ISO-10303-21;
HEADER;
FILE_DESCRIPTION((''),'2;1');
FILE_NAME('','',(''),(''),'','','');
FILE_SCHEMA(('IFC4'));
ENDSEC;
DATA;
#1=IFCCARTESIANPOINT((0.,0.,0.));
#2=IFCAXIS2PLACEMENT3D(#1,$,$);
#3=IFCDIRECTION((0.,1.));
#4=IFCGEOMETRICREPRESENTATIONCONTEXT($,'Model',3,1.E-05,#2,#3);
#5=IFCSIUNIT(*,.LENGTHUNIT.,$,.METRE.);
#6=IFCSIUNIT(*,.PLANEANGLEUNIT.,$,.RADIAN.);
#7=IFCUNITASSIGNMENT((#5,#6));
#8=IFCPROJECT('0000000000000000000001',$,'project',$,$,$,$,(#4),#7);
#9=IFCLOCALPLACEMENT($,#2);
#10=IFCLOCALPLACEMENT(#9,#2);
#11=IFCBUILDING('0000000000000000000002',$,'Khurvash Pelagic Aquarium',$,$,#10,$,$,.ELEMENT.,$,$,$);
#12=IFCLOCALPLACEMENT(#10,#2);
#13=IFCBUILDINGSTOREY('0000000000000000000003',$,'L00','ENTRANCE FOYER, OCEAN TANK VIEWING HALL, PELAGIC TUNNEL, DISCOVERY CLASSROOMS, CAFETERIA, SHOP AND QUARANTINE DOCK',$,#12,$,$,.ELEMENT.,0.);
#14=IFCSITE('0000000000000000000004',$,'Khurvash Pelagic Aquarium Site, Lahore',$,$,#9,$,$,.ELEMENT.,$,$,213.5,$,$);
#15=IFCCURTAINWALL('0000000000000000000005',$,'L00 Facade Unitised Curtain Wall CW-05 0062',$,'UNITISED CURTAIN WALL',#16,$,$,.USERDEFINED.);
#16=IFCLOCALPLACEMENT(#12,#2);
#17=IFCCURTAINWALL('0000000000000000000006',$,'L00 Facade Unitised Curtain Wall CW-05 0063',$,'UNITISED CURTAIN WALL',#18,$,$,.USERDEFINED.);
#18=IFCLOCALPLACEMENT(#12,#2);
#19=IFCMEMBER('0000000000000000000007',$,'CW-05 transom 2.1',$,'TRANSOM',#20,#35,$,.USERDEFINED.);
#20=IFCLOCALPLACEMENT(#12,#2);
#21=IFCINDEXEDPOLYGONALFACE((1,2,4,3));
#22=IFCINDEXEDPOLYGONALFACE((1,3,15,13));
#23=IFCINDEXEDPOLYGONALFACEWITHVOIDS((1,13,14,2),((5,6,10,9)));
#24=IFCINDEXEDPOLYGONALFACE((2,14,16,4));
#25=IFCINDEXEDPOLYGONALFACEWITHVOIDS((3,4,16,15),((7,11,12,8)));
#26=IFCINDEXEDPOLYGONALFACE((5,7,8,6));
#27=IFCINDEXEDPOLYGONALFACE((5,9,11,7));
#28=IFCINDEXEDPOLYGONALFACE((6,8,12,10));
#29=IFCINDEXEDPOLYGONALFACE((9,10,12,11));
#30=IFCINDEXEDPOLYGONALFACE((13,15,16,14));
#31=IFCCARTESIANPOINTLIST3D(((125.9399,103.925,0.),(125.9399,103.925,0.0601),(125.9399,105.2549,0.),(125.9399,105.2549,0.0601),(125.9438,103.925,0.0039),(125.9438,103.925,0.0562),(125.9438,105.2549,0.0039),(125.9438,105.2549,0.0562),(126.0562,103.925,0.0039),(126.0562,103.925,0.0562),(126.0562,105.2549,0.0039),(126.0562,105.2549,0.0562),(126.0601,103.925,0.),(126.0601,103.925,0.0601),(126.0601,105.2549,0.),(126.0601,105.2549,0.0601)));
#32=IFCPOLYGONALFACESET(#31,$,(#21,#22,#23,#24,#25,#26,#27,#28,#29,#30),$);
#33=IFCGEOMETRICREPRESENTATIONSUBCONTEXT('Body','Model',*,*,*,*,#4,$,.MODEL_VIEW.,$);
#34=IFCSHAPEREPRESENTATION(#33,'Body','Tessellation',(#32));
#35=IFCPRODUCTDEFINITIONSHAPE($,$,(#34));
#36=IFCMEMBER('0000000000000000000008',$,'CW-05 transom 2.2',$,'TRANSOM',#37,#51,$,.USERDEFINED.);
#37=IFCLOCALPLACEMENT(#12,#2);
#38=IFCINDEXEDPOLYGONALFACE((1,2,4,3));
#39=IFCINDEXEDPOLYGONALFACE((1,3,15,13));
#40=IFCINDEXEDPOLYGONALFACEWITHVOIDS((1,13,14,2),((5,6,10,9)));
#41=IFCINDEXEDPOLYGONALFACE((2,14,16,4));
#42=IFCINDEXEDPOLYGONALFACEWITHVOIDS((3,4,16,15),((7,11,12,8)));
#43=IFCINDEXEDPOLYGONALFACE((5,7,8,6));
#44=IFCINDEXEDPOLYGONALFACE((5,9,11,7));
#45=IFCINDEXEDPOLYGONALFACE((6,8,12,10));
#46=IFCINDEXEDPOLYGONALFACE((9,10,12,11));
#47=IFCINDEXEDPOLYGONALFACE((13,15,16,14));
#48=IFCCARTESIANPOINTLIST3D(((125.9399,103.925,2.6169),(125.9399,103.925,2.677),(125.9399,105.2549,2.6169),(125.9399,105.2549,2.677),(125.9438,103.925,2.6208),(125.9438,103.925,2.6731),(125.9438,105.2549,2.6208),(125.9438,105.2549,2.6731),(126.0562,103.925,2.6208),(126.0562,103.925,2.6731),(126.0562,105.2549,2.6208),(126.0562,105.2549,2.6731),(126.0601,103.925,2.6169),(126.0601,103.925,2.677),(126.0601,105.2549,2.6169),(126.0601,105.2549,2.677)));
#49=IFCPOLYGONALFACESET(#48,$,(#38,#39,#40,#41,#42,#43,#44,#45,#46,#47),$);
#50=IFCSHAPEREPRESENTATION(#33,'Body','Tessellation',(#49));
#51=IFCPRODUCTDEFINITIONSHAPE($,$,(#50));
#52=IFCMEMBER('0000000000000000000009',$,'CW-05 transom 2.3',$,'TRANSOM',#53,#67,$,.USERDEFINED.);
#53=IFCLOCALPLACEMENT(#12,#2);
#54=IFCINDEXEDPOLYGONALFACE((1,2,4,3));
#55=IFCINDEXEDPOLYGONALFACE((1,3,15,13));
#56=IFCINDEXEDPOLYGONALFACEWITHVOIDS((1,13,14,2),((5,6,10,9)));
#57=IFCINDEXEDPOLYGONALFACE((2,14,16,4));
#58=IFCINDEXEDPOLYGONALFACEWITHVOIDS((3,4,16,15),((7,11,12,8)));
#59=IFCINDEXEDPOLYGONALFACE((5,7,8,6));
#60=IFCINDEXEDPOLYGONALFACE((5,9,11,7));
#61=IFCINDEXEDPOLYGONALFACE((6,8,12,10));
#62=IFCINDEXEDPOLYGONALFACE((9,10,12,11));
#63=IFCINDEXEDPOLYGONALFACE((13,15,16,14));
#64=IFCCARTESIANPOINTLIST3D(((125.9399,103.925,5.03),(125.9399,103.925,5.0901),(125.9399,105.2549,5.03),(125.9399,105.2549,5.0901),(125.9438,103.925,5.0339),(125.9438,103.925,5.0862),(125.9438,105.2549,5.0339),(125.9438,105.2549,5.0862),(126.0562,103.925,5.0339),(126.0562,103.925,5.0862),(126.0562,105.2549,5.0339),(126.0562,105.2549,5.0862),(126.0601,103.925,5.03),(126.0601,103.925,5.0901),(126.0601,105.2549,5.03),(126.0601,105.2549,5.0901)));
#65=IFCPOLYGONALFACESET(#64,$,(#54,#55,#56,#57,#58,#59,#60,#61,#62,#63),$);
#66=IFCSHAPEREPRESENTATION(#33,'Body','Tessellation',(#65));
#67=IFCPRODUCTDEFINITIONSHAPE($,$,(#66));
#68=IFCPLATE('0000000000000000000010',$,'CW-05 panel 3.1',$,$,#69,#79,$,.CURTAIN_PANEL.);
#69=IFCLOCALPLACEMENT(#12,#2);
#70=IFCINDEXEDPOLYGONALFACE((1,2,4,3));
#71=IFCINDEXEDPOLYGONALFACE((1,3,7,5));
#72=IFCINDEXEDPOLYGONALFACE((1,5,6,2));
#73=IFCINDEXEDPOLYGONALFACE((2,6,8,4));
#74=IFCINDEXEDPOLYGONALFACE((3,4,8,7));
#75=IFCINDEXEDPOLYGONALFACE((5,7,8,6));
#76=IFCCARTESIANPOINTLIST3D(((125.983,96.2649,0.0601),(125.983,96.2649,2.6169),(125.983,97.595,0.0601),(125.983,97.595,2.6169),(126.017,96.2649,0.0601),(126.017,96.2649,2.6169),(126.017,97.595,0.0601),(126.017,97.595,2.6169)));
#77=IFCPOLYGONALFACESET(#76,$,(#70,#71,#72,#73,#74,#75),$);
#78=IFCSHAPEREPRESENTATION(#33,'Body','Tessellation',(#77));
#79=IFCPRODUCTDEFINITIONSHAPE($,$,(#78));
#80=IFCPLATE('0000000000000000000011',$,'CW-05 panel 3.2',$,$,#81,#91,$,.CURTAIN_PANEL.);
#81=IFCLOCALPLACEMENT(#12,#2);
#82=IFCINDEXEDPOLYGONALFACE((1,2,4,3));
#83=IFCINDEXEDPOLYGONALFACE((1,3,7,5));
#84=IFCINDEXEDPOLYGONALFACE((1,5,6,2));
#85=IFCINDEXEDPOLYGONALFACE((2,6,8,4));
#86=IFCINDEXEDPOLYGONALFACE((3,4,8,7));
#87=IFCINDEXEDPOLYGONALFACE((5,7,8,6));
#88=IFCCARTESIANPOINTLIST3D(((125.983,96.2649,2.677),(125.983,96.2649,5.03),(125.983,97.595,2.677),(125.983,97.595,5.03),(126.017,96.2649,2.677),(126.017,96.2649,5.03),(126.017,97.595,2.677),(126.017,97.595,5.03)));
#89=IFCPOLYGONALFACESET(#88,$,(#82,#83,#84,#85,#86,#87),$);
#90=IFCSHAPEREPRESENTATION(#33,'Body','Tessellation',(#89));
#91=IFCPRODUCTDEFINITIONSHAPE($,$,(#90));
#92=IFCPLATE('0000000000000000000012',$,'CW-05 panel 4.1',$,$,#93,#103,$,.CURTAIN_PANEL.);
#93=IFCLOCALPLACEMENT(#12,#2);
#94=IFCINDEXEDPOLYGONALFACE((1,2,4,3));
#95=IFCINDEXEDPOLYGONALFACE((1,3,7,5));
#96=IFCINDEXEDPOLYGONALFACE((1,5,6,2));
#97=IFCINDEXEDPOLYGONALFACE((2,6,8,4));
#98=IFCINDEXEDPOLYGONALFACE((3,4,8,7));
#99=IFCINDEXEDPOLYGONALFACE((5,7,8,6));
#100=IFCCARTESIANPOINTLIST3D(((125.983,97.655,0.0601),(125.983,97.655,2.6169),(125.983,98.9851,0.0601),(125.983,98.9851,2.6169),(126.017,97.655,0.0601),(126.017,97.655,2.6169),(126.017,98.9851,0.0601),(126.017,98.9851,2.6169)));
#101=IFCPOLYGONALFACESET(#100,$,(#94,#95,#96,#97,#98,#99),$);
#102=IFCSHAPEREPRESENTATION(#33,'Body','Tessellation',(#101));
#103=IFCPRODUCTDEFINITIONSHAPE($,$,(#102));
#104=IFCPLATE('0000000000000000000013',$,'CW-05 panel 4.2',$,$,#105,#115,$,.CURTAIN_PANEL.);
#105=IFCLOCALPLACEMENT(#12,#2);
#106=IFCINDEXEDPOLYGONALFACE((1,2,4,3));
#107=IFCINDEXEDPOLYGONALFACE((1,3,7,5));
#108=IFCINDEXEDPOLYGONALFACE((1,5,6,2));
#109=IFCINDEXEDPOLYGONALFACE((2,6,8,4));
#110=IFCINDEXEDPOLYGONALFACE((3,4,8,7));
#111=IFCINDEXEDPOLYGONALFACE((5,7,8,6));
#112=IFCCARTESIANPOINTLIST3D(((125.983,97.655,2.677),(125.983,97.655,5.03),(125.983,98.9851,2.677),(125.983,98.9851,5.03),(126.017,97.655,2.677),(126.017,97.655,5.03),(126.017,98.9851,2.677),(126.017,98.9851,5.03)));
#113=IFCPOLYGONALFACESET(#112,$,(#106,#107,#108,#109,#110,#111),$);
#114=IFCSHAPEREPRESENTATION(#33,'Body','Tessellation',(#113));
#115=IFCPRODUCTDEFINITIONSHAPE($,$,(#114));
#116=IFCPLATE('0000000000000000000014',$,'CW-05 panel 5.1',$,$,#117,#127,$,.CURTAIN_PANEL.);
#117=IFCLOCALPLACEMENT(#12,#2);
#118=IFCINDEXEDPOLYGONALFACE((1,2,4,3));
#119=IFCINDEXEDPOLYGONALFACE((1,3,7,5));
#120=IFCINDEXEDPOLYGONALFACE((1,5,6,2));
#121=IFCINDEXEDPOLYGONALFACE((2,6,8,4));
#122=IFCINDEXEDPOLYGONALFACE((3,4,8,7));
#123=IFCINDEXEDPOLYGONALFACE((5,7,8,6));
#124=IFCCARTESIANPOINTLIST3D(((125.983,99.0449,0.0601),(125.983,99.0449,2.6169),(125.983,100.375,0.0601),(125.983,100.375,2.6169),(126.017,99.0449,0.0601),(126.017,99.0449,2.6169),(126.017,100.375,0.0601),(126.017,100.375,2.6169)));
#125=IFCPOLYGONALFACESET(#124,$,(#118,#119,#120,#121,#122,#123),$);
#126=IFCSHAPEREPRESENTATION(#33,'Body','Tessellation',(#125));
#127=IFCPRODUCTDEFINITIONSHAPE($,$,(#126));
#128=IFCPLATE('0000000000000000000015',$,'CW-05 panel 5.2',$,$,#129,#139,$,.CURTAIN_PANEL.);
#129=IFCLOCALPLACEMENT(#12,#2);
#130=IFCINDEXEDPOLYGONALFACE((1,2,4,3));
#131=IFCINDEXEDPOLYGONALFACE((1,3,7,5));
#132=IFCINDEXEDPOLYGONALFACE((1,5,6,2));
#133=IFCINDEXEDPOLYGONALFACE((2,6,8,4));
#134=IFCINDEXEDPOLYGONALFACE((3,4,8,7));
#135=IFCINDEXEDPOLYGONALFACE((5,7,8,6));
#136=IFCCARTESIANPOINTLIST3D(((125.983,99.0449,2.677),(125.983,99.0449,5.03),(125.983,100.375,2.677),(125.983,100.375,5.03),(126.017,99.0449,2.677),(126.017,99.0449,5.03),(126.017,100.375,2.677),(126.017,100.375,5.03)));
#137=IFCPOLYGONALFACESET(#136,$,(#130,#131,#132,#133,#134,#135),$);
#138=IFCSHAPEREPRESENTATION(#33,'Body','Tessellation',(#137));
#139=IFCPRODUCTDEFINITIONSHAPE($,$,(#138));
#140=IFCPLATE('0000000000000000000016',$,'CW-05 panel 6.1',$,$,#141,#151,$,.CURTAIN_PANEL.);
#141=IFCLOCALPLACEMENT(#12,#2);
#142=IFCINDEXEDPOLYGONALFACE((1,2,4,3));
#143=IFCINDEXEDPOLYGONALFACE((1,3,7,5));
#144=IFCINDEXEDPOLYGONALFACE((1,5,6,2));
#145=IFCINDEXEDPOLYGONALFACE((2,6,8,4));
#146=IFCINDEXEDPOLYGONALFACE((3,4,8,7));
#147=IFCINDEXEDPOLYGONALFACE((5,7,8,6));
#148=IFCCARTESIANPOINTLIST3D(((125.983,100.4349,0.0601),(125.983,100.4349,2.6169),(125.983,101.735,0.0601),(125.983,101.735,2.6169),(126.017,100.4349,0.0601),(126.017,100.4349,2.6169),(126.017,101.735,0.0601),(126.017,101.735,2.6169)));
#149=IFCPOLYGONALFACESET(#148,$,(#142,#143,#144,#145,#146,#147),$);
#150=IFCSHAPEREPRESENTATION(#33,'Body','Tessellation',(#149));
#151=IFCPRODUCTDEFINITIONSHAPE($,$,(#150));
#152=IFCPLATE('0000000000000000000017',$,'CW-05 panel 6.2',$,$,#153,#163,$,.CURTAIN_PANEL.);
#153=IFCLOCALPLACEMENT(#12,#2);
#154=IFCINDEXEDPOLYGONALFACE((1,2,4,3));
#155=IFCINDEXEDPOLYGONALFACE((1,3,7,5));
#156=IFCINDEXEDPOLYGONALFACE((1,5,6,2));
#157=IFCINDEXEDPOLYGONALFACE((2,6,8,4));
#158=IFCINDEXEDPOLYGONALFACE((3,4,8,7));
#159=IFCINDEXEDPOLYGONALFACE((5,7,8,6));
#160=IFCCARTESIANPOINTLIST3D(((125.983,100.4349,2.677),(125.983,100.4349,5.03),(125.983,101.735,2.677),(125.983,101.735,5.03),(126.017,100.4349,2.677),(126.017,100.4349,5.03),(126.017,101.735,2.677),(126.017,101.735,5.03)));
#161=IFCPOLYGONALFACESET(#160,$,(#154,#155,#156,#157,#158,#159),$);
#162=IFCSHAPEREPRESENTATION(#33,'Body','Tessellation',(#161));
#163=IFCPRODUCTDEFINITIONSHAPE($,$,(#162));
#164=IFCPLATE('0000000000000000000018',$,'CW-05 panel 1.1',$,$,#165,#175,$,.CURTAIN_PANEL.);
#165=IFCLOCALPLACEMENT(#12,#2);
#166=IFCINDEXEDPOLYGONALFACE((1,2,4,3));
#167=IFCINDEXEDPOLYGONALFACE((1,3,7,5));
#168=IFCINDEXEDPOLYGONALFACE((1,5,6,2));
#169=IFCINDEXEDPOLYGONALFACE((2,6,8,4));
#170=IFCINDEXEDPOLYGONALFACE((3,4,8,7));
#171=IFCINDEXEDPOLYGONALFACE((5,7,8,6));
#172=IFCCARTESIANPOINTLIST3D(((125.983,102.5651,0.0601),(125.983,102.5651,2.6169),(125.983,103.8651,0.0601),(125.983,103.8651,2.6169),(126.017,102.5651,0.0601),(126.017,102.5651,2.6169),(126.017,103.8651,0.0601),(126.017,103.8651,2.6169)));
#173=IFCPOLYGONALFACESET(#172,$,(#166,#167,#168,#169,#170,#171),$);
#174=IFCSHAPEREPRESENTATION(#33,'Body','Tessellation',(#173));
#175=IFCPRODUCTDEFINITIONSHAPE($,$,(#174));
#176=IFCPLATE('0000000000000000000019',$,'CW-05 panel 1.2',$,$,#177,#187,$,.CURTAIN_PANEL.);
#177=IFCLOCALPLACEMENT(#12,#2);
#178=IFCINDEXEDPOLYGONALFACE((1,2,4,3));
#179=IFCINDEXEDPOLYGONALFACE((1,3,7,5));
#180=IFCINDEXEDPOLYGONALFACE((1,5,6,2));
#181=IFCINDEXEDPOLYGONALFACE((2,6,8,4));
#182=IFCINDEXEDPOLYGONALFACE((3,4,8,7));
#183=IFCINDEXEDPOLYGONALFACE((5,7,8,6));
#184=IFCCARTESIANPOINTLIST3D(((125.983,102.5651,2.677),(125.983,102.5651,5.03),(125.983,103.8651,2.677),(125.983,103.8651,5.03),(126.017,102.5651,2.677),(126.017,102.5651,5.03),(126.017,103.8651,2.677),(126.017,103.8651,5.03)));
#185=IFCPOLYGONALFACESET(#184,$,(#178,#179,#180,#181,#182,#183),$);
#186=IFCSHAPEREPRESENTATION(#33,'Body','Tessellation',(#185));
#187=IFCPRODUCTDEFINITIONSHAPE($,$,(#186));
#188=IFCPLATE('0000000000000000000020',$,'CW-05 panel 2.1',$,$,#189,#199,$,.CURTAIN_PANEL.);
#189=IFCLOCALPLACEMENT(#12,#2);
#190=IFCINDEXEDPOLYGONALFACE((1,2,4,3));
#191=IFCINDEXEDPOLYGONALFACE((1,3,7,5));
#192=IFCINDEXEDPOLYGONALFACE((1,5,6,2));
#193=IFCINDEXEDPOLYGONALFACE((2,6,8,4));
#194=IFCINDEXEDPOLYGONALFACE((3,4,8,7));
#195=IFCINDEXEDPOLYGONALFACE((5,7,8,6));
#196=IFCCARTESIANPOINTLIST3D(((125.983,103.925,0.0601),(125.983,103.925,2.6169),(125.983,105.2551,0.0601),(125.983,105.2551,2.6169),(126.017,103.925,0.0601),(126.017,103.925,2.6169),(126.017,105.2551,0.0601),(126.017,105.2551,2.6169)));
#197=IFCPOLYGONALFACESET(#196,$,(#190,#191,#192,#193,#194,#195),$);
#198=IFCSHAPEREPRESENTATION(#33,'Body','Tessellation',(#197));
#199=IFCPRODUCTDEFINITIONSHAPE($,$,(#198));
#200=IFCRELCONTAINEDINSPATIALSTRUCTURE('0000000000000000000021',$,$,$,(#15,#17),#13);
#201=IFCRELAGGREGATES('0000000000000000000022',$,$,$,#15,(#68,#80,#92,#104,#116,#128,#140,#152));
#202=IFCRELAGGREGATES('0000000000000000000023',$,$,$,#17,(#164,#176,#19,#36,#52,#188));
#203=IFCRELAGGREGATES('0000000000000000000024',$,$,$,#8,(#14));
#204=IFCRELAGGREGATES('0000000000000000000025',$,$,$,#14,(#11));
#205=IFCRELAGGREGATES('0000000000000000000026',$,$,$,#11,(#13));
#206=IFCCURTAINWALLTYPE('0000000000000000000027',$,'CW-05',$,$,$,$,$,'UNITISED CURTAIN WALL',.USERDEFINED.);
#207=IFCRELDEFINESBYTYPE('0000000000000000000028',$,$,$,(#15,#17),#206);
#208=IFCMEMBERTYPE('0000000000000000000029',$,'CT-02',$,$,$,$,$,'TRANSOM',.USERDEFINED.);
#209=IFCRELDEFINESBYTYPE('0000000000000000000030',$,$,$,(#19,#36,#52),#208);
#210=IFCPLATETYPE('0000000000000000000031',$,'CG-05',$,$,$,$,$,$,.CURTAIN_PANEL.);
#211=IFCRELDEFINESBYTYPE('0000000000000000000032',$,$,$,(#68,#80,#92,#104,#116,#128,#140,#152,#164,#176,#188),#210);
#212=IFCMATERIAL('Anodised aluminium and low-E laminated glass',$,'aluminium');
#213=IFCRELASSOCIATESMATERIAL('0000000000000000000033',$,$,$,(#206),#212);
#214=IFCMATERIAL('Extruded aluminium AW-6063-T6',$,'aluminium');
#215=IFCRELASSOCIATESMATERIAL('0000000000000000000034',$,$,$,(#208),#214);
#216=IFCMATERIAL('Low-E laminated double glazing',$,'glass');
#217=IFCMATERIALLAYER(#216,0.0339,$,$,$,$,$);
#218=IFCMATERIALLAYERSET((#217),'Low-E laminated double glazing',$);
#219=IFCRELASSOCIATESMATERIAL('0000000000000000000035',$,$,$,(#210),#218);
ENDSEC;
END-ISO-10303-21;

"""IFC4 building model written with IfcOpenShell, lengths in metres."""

from ifc_helpers import new_model, si_unit, direction, frame, origin, origin_2d, place, context, subcontext, project, spatial, rectangle, hollow_rectangle, extrude, material, layer, layer_set, material_profile, profile_set, type_object, element, aggregate, save


model = new_model("IFC4")

# Units and contexts
model_context = context("Model", 3, precision=1e-05, world=origin(), true_north=direction((0.0, 1.0)))
body_context = subcontext(model_context, "Body", "Model", "MODEL_VIEW")
ifc_project = project(units=[si_unit("LENGTHUNIT", "METRE"), si_unit("PLANEANGLEUNIT", "RADIAN")], contexts=[model_context])

# Site, building, storey
site_placement = place(None, origin())
site = spatial("IfcSite", under=ifc_project, at=site_placement, Name="Khurvash Pelagic Aquarium Site, Lahore", CompositionType="ELEMENT", RefElevation=213.5)
building_placement = place(site_placement, origin())
building = spatial("IfcBuilding", under=site, at=building_placement, Name="Khurvash Pelagic Aquarium", CompositionType="ELEMENT")
storey_placement = place(building_placement, origin())
storey = spatial("IfcBuildingStorey", under=building, at=storey_placement, Name="L00", Description="ENTRANCE FOYER, OCEAN TANK VIEWING HALL, PELAGIC TUNNEL, DISCOVERY CLASSROOMS, CAFETERIA, SHOP AND QUARANTINE DOCK", CompositionType="ELEMENT", Elevation=0.0)

# Curtain walls
ifc_material_1 = material(Name="Anodised aluminium and low-E laminated glass", Category="aluminium")
curtain_wall_type = type_object("IfcCurtainWallType", Name="CW-05", ElementType="UNITISED CURTAIN WALL", PredefinedType="USERDEFINED", material=ifc_material_1)
curtain_wall_1_placement = place(storey_placement, origin())
curtain_wall_1 = element("IfcCurtainWall", 1, at=curtain_wall_1_placement, inside=storey, type_object=curtain_wall_type, Name="L00 Facade Unitised Curtain Wall CW-05 0062", ObjectType="UNITISED CURTAIN WALL", PredefinedType="USERDEFINED")
ifc_material_2 = material(Name="Extruded aluminium AW-6063-T6", Category="aluminium")
curtain_wall_2_placement = place(storey_placement, origin())
curtain_wall_2 = element("IfcCurtainWall", 2, at=curtain_wall_2_placement, inside=storey, type_object=curtain_wall_type, Name="L00 Facade Unitised Curtain Wall CW-05 0063", ObjectType="UNITISED CURTAIN WALL", PredefinedType="USERDEFINED")

# Members
ifc_material_profile_1 = material_profile(ifc_material_2, hollow_rectangle(XDim=0.1201, YDim=0.0601, WallThickness=0.0039, at=origin_2d()), Name="CWT120X60X4")
ifc_profile_set_1 = profile_set([ifc_material_profile_1], Name="Extruded aluminium AW-6063-T6")
member_type_1 = type_object("IfcMemberType", Name="CT-02", ElementType="TRANSOM", PredefinedType="USERDEFINED", material=ifc_profile_set_1)
member_1_placement = place(storey_placement, frame((126.0, 103.925, 0.03), z_axis=(0.0, 1.0, 0.0), x_axis=(-1.0, 0.0, 0.0)))
member_1 = element("IfcMember", 3, at=member_1_placement, type_object=member_type_1, Name="CW-05 transom 2.1", ObjectType="TRANSOM", PredefinedType="USERDEFINED", context=body_context, shape_type="SweptSolid", body=[
    extrude(hollow_rectangle(XDim=0.1201, YDim=0.0601, WallThickness=0.0039, at=origin_2d()), origin(), (0.0, 0.0, 1.0), 1.3298),
])
member_2_placement = place(storey_placement, frame((126.0, 103.925, 2.647), z_axis=(0.0, 1.0, 0.0), x_axis=(-1.0, 0.0, 0.0)))
member_2 = element("IfcMember", 4, at=member_2_placement, type_object=member_type_1, Name="CW-05 transom 2.2", ObjectType="TRANSOM", PredefinedType="USERDEFINED", context=body_context, shape_type="SweptSolid", body=[
    extrude(hollow_rectangle(XDim=0.1201, YDim=0.0601, WallThickness=0.0039, at=origin_2d()), origin(), (0.0, 0.0, 1.0), 1.3298),
])
member_3_placement = place(storey_placement, frame((126.0, 103.925, 5.0601), z_axis=(0.0, 1.0, 0.0), x_axis=(-1.0, 0.0, 0.0)))
member_3 = element("IfcMember", 5, at=member_3_placement, type_object=member_type_1, Name="CW-05 transom 2.3", ObjectType="TRANSOM", PredefinedType="USERDEFINED", context=body_context, shape_type="SweptSolid", body=[
    extrude(hollow_rectangle(XDim=0.1201, YDim=0.0601, WallThickness=0.0039, at=origin_2d()), origin(), (0.0, 0.0, 1.0), 1.3298),
])

# Plates
ifc_material_3 = material(Name="Low-E laminated double glazing", Category="glass")
ifc_layer = layer(ifc_material_3, 0.0339)
ifc_layer_set = layer_set([ifc_layer], Name="Low-E laminated double glazing")
plate_type = type_object("IfcPlateType", Name="CG-05", PredefinedType="CURTAIN_PANEL", material=ifc_layer_set)
plate_1_placement = place(storey_placement, frame((126.0, 96.9299, 0.0601), z_axis=(0.0, 0.0, 1.0), x_axis=(0.0, 1.0, 0.0)))
plate_1 = element("IfcPlate", 6, at=plate_1_placement, type_object=plate_type, Name="CW-05 panel 3.1", PredefinedType="CURTAIN_PANEL", context=body_context, shape_type="SweptSolid", body=[
    extrude(rectangle(XDim=1.3301, YDim=0.0339, at=origin_2d()), origin(), (0.0, 0.0, 1.0), 2.5569),
])
plate_2_placement = place(storey_placement, frame((126.0, 96.9299, 2.677), z_axis=(0.0, 0.0, 1.0), x_axis=(0.0, 1.0, 0.0)))
plate_2 = element("IfcPlate", 7, at=plate_2_placement, type_object=plate_type, Name="CW-05 panel 3.2", PredefinedType="CURTAIN_PANEL", context=body_context, shape_type="SweptSolid", body=[
    extrude(rectangle(XDim=1.3301, YDim=0.0339, at=origin_2d()), origin(), (0.0, 0.0, 1.0), 2.353),
])
plate_3_placement = place(storey_placement, frame((126.0, 98.3201, 0.0601), z_axis=(0.0, 0.0, 1.0), x_axis=(0.0, 1.0, 0.0)))
plate_3 = element("IfcPlate", 8, at=plate_3_placement, type_object=plate_type, Name="CW-05 panel 4.1", PredefinedType="CURTAIN_PANEL", context=body_context, shape_type="SweptSolid", body=[
    extrude(rectangle(XDim=1.3301, YDim=0.0339, at=origin_2d()), origin(), (0.0, 0.0, 1.0), 2.5569),
])
plate_4_placement = place(storey_placement, frame((126.0, 98.3201, 2.677), z_axis=(0.0, 0.0, 1.0), x_axis=(0.0, 1.0, 0.0)))
plate_4 = element("IfcPlate", 9, at=plate_4_placement, type_object=plate_type, Name="CW-05 panel 4.2", PredefinedType="CURTAIN_PANEL", context=body_context, shape_type="SweptSolid", body=[
    extrude(rectangle(XDim=1.3301, YDim=0.0339, at=origin_2d()), origin(), (0.0, 0.0, 1.0), 2.353),
])
plate_5_placement = place(storey_placement, frame((126.0, 99.71, 0.0601), z_axis=(0.0, 0.0, 1.0), x_axis=(0.0, 1.0, 0.0)))
plate_5 = element("IfcPlate", 10, at=plate_5_placement, type_object=plate_type, Name="CW-05 panel 5.1", PredefinedType="CURTAIN_PANEL", context=body_context, shape_type="SweptSolid", body=[
    extrude(rectangle(XDim=1.3301, YDim=0.0339, at=origin_2d()), origin(), (0.0, 0.0, 1.0), 2.5569),
])
plate_6_placement = place(storey_placement, frame((126.0, 99.71, 2.677), z_axis=(0.0, 0.0, 1.0), x_axis=(0.0, 1.0, 0.0)))
plate_6 = element("IfcPlate", 11, at=plate_6_placement, type_object=plate_type, Name="CW-05 panel 5.2", PredefinedType="CURTAIN_PANEL", context=body_context, shape_type="SweptSolid", body=[
    extrude(rectangle(XDim=1.3301, YDim=0.0339, at=origin_2d()), origin(), (0.0, 0.0, 1.0), 2.353),
])
plate_7_placement = place(storey_placement, frame((126.0, 101.085, 0.0601), z_axis=(0.0, 0.0, 1.0), x_axis=(0.0, 1.0, 0.0)))
plate_7 = element("IfcPlate", 12, at=plate_7_placement, type_object=plate_type, Name="CW-05 panel 6.1", PredefinedType="CURTAIN_PANEL", context=body_context, shape_type="SweptSolid", body=[
    extrude(rectangle(XDim=1.3, YDim=0.0339, at=origin_2d()), origin(), (0.0, 0.0, 1.0), 2.5569),
])
plate_8_placement = place(storey_placement, frame((126.0, 101.085, 2.677), z_axis=(0.0, 0.0, 1.0), x_axis=(0.0, 1.0, 0.0)))
plate_8 = element("IfcPlate", 13, at=plate_8_placement, type_object=plate_type, Name="CW-05 panel 6.2", PredefinedType="CURTAIN_PANEL", context=body_context, shape_type="SweptSolid", body=[
    extrude(rectangle(XDim=1.3, YDim=0.0339, at=origin_2d()), origin(), (0.0, 0.0, 1.0), 2.353),
])
aggregate(curtain_wall_1, [plate_1, plate_2, plate_3, plate_4, plate_5, plate_6, plate_7, plate_8])
plate_9_placement = place(storey_placement, frame((126.0, 103.2151, 0.0601), z_axis=(0.0, 0.0, 1.0), x_axis=(0.0, 1.0, 0.0)))
plate_9 = element("IfcPlate", 14, at=plate_9_placement, type_object=plate_type, Name="CW-05 panel 1.1", PredefinedType="CURTAIN_PANEL", context=body_context, shape_type="SweptSolid", body=[
    extrude(rectangle(XDim=1.3, YDim=0.0339, at=origin_2d()), origin(), (0.0, 0.0, 1.0), 2.5569),
])
plate_10_placement = place(storey_placement, frame((126.0, 103.2151, 2.677), z_axis=(0.0, 0.0, 1.0), x_axis=(0.0, 1.0, 0.0)))
plate_10 = element("IfcPlate", 15, at=plate_10_placement, type_object=plate_type, Name="CW-05 panel 1.2", PredefinedType="CURTAIN_PANEL", context=body_context, shape_type="SweptSolid", body=[
    extrude(rectangle(XDim=1.3, YDim=0.0339, at=origin_2d()), origin(), (0.0, 0.0, 1.0), 2.353),
])
plate_11_placement = place(storey_placement, frame((126.0, 104.5901, 0.0601), z_axis=(0.0, 0.0, 1.0), x_axis=(0.0, 1.0, 0.0)))
plate_11 = element("IfcPlate", 16, at=plate_11_placement, type_object=plate_type, Name="CW-05 panel 2.1", PredefinedType="CURTAIN_PANEL", context=body_context, shape_type="SweptSolid", body=[
    extrude(rectangle(XDim=1.3301, YDim=0.0339, at=origin_2d()), origin(), (0.0, 0.0, 1.0), 2.5569),
])
aggregate(curtain_wall_2, [plate_9, plate_10, member_1, member_2, member_3, plate_11])

save(model, "model.ifc")
